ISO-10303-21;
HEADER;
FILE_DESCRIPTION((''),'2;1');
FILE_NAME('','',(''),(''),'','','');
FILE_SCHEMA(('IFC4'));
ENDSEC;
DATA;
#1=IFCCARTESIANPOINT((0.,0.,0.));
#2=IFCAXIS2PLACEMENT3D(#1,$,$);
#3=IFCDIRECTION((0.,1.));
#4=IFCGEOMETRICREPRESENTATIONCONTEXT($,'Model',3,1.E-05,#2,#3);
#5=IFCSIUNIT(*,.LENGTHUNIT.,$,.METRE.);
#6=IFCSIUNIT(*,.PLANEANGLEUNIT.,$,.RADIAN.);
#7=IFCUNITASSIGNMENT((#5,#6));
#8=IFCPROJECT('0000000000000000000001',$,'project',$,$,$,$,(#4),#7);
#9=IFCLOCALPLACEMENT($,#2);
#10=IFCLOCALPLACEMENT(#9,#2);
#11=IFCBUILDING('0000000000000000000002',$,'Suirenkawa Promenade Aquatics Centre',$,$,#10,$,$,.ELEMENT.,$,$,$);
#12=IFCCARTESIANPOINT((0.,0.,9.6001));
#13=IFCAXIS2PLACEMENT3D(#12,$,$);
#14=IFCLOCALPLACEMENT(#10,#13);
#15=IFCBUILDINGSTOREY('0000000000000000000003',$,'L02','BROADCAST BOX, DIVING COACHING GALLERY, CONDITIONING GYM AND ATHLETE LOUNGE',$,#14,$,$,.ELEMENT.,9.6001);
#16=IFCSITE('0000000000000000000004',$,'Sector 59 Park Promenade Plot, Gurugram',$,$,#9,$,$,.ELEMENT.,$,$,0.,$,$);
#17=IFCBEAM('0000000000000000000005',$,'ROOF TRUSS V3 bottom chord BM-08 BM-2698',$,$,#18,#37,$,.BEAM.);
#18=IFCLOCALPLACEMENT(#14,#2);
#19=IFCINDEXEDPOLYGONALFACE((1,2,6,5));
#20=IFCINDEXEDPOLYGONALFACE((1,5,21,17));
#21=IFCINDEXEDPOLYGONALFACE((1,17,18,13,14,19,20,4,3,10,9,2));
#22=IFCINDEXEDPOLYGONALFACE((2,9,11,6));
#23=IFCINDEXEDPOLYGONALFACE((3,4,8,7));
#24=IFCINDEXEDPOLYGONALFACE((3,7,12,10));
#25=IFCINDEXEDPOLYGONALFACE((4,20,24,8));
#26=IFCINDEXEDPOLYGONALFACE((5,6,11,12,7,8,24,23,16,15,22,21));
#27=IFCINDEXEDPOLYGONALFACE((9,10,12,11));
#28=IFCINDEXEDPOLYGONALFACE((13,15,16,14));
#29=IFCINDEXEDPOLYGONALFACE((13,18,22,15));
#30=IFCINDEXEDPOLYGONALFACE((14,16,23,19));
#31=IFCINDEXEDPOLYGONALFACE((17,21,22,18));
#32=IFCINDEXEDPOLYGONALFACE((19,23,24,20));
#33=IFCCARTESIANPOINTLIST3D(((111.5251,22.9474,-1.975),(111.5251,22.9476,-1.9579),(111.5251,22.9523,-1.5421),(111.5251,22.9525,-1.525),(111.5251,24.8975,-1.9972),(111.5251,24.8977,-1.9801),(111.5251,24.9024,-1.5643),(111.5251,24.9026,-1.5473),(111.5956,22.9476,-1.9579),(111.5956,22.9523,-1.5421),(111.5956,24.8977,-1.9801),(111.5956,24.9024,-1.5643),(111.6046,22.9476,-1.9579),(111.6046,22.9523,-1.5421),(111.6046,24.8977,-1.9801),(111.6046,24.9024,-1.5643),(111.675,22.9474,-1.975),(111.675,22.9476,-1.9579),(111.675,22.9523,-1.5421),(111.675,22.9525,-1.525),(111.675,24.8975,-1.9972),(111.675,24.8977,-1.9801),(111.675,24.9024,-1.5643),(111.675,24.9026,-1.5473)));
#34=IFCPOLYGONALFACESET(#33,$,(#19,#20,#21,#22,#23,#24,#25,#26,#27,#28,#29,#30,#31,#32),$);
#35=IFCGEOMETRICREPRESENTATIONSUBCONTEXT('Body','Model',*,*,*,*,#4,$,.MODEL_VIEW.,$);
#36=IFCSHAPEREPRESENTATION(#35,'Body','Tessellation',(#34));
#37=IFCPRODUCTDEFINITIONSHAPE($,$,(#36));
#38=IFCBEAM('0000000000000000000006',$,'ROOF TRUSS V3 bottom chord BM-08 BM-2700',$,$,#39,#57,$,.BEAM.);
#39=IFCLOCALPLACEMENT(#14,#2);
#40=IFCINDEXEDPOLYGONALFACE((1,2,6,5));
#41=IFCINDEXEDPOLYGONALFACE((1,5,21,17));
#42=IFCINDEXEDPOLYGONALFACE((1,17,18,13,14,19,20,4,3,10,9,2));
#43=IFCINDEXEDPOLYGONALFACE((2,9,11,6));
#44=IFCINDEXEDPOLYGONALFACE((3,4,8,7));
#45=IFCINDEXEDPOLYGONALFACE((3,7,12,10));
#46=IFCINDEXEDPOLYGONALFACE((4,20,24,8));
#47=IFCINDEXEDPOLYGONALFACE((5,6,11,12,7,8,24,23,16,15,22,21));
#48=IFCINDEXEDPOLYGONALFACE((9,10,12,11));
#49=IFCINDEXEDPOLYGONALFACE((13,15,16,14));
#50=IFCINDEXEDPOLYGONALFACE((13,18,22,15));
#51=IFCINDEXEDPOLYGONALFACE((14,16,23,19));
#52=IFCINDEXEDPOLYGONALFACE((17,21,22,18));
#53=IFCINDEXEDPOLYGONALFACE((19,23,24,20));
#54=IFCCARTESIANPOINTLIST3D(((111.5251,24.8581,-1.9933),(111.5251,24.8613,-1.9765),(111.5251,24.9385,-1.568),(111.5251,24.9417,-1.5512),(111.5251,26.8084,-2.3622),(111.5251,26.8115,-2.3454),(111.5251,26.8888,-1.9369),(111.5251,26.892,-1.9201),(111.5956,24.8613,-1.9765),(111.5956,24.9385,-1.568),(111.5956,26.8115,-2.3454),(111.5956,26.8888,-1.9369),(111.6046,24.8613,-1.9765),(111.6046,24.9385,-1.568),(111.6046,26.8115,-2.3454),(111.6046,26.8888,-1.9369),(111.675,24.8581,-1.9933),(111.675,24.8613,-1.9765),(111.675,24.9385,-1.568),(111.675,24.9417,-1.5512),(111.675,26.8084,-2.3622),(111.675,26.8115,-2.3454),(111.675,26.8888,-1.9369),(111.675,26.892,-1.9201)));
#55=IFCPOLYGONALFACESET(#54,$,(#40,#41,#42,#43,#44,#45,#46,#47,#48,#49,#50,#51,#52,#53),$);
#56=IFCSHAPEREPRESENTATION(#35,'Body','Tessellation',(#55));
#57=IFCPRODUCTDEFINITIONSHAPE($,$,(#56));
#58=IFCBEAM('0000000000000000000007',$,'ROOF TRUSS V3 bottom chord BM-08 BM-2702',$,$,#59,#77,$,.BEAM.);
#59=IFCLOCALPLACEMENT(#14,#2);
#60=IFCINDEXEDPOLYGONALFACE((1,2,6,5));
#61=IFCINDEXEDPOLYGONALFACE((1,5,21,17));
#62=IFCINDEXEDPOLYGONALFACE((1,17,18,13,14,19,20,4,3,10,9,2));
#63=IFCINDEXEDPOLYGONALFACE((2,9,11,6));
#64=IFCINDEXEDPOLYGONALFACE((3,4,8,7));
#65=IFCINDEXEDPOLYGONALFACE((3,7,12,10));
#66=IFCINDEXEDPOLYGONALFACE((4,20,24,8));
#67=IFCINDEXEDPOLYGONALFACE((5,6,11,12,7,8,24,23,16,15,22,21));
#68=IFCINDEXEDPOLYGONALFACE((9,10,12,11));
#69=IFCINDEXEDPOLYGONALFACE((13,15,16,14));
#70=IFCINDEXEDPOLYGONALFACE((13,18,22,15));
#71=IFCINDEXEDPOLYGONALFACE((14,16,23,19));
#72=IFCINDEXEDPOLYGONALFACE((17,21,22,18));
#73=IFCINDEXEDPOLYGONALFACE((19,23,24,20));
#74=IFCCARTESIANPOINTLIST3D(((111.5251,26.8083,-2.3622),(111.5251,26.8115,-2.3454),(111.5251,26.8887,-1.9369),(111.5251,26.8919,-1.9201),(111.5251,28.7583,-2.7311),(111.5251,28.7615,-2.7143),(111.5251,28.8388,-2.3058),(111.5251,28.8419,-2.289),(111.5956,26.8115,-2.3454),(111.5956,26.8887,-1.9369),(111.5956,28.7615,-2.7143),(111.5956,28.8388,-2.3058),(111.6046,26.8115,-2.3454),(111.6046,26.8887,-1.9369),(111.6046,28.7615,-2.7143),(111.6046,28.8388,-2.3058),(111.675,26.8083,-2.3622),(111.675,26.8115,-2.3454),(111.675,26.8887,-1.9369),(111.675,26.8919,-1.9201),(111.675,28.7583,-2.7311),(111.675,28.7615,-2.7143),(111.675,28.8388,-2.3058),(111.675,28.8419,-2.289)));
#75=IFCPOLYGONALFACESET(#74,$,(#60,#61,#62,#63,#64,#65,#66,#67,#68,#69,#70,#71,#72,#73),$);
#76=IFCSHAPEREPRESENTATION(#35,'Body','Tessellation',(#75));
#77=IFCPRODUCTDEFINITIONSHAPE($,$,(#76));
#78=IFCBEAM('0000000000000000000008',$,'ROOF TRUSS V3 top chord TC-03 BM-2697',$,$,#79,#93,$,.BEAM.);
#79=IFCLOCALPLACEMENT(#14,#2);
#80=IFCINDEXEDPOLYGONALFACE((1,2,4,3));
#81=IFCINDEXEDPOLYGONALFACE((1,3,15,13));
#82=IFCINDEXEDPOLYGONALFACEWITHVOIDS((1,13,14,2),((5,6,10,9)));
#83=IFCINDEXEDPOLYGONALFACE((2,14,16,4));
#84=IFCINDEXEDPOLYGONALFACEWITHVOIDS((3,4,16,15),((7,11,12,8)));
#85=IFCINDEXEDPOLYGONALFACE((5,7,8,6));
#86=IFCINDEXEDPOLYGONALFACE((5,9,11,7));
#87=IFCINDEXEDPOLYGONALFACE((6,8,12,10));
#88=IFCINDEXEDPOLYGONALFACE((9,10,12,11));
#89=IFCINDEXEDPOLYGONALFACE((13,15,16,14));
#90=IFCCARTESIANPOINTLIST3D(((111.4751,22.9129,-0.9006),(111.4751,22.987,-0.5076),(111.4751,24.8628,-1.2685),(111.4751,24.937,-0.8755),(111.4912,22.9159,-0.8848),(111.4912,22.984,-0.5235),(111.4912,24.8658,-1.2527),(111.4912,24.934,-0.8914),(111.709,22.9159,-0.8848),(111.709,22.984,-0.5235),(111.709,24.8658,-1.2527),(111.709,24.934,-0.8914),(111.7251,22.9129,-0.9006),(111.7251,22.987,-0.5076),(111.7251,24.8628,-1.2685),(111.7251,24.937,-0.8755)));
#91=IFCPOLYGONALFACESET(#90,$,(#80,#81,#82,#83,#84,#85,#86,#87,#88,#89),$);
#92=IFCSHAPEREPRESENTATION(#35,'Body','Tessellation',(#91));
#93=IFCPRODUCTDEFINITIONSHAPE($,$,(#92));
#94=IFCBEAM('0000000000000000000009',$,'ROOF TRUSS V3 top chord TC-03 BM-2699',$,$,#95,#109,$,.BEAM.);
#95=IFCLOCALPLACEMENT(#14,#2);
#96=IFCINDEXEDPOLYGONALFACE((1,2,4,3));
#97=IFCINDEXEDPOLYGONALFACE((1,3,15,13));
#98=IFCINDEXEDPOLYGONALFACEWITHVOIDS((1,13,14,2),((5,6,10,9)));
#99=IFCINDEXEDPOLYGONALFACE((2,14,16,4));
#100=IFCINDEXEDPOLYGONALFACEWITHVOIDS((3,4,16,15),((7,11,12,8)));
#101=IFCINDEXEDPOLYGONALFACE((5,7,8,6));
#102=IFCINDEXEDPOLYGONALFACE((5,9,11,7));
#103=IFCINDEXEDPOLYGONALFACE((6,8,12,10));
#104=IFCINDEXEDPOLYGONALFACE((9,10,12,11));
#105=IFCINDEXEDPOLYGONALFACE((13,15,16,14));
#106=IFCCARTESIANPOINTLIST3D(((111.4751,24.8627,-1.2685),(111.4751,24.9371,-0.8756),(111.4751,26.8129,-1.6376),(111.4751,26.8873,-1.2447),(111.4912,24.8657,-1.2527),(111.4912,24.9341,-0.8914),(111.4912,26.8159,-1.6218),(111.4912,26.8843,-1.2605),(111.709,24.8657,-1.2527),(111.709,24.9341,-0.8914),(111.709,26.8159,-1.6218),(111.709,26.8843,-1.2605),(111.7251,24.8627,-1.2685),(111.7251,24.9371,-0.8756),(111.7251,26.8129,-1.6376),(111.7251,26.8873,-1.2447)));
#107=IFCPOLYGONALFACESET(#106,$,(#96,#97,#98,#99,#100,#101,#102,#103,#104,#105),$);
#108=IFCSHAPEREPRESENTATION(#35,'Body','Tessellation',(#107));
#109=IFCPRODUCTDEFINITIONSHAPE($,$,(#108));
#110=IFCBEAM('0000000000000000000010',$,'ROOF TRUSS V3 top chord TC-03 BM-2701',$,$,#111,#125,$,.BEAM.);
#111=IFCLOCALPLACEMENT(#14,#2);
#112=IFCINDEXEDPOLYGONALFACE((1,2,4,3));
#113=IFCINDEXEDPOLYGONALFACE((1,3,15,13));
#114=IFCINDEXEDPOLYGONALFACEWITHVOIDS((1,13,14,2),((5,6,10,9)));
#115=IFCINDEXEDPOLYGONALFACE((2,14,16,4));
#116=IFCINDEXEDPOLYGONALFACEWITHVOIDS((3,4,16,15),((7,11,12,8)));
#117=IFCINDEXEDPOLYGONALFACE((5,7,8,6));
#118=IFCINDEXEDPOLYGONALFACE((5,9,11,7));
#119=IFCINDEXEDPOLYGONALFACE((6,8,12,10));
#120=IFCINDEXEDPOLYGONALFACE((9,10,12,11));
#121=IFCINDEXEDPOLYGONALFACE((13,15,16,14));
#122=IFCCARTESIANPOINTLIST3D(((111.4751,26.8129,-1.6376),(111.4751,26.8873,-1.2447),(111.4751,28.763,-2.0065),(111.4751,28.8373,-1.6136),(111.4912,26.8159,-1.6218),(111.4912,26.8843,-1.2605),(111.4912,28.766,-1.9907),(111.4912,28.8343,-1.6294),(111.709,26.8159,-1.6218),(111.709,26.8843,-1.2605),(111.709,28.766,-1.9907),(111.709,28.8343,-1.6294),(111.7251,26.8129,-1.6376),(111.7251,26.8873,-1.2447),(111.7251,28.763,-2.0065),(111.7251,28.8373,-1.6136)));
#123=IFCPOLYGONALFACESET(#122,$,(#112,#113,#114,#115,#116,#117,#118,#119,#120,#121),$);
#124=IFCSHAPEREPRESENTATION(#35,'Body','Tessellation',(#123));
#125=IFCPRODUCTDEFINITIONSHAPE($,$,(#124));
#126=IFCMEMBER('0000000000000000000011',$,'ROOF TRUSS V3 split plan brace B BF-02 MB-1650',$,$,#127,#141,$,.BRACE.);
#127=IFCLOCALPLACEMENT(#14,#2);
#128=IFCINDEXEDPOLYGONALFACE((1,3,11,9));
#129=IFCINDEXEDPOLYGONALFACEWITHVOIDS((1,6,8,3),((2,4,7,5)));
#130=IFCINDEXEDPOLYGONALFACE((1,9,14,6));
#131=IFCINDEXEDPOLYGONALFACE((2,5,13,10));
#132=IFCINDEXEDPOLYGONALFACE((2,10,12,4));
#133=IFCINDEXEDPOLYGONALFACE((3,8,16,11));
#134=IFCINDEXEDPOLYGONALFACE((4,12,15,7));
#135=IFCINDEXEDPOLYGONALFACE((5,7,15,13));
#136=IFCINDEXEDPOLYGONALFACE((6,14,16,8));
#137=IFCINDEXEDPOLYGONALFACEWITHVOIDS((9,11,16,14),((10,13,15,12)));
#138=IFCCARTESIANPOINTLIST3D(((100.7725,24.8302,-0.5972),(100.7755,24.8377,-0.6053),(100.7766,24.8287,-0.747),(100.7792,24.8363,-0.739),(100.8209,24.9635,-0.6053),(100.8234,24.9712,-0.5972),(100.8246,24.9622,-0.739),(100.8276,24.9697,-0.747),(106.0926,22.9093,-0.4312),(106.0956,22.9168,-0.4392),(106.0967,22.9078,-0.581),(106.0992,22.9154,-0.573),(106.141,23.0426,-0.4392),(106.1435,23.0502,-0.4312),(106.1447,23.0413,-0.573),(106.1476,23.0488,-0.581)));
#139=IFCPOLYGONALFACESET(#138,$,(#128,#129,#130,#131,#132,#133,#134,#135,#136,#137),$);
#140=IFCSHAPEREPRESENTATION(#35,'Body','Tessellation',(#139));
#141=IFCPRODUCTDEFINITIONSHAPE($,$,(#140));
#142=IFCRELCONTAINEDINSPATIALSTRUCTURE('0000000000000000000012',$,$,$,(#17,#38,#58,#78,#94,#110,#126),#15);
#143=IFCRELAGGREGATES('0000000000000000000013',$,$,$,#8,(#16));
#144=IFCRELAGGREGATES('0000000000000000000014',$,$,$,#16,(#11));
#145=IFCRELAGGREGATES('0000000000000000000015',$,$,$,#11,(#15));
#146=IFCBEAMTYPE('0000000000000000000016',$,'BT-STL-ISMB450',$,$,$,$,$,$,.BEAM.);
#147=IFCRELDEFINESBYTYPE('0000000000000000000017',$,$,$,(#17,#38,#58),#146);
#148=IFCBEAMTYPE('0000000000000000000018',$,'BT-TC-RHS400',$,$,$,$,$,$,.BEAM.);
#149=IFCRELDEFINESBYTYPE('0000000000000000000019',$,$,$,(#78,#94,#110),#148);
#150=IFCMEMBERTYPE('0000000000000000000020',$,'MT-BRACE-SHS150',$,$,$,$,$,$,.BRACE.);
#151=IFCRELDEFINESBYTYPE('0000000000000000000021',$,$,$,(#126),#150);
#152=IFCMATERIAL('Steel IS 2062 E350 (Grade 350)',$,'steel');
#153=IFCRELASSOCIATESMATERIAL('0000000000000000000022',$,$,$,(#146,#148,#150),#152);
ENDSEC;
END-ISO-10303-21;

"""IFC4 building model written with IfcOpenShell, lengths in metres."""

from ifc_helpers import new_model, si_unit, direction, frame, origin, origin_2d, place, context, subcontext, project, spatial, hollow_rectangle, i_section, extrude, material, material_profile, profile_set, type_object, element, save


model = new_model("IFC4")

# Units and contexts
model_context = context("Model", 3, precision=1e-05, world=origin(), true_north=direction((0.0, 1.0)))
body_context = subcontext(model_context, "Body", "Model", "MODEL_VIEW")
ifc_project = project(units=[si_unit("LENGTHUNIT", "METRE"), si_unit("PLANEANGLEUNIT", "RADIAN")], contexts=[model_context])

# Site, building, storey
site_placement = place(None, origin())
site = spatial("IfcSite", under=ifc_project, at=site_placement, Name="Sector 59 Park Promenade Plot, Gurugram", CompositionType="ELEMENT", RefElevation=0.0)
building_placement = place(site_placement, origin())
building = spatial("IfcBuilding", under=site, at=building_placement, Name="Suirenkawa Promenade Aquatics Centre", CompositionType="ELEMENT")
storey_placement = place(building_placement, frame((0.0, 0.0, 9.6001)))
storey = spatial("IfcBuildingStorey", under=building, at=storey_placement, Name="L02", Description="BROADCAST BOX, DIVING COACHING GALLERY, CONDITIONING GYM AND ATHLETE LOUNGE", CompositionType="ELEMENT", Elevation=9.6001)

# Beams
ifc_material = material(Name="Steel IS 2062 E350 (Grade 350)", Category="steel")
ifc_material_profile_1 = material_profile(ifc_material, i_section(OverallWidth=0.1499, OverallDepth=0.45, WebThickness=0.009, FlangeThickness=0.0171, at=origin_2d()), Name="ISMB 450", Category="steel")
ifc_profile_set_1 = profile_set([ifc_material_profile_1], Name="Steel IS 2062 E350 (Grade 350)")
beam_type_1 = type_object("IfcBeamType", Name="BT-STL-ISMB450", PredefinedType="BEAM", material=ifc_profile_set_1)
beam_1_placement = place(storey_placement, frame((111.6001, 22.95, -1.75), z_axis=(0.0, 0.999935, -0.011393), x_axis=(-1.0, 0.0, 0.0)))
element("IfcBeam", 1, at=beam_1_placement, inside=storey, type_object=beam_type_1, Name="ROOF TRUSS V3 bottom chord BM-08 BM-2698", PredefinedType="BEAM", context=body_context, shape_type="SweptSolid", body=[
    extrude(i_section(OverallWidth=0.1499, OverallDepth=0.45, WebThickness=0.009, FlangeThickness=0.0171, at=origin_2d()), origin(), (0.0, 0.0, 1.0), 1.9502),
])
beam_2_placement = place(storey_placement, frame((111.6001, 24.8999, -1.7722), z_axis=(0.0, 0.982576, -0.185863), x_axis=(-1.0, 0.0, 0.0)))
element("IfcBeam", 2, at=beam_2_placement, inside=storey, type_object=beam_type_1, Name="ROOF TRUSS V3 bottom chord BM-08 BM-2700", PredefinedType="BEAM", context=body_context, shape_type="SweptSolid", body=[
    extrude(i_section(OverallWidth=0.1499, OverallDepth=0.45, WebThickness=0.009, FlangeThickness=0.0171, at=origin_2d()), origin(), (0.0, 0.0, 1.0), 1.9849),
])
beam_3_placement = place(storey_placement, frame((111.6001, 26.8501, -2.1411), z_axis=(0.0, 0.982571, -0.185885), x_axis=(-1.0, 0.0, 0.0)))
element("IfcBeam", 3, at=beam_3_placement, inside=storey, type_object=beam_type_1, Name="ROOF TRUSS V3 bottom chord BM-08 BM-2702", PredefinedType="BEAM", context=body_context, shape_type="SweptSolid", body=[
    extrude(i_section(OverallWidth=0.1499, OverallDepth=0.45, WebThickness=0.009, FlangeThickness=0.0171, at=origin_2d()), origin(), (0.0, 0.0, 1.0), 1.9846),
])
ifc_material_profile_2 = material_profile(ifc_material, hollow_rectangle(XDim=0.25, YDim=0.3999, WallThickness=0.0161, at=origin_2d()), Name="RHS 400x250x16", Category="steel")
ifc_profile_set_2 = profile_set([ifc_material_profile_2], Name="Steel IS 2062 E350 (Grade 350)")
beam_type_2 = type_object("IfcBeamType", Name="BT-TC-RHS400", PredefinedType="BEAM", material=ifc_profile_set_2)
beam_4_placement = place(storey_placement, frame((111.6001, 22.95, -0.7041), z_axis=(0.0, 0.982661, -0.18541), x_axis=(-1.0, 0.0, 0.0)))
element("IfcBeam", 4, at=beam_4_placement, inside=storey, type_object=beam_type_2, Name="ROOF TRUSS V3 top chord TC-03 BM-2697", PredefinedType="BEAM", context=body_context, shape_type="SweptSolid", body=[
    extrude(hollow_rectangle(XDim=0.25, YDim=0.3999, WallThickness=0.0161, at=origin_2d()), origin(), (0.0, 0.0, 1.0), 1.9844),
])
beam_5_placement = place(storey_placement, frame((111.6001, 24.8999, -1.072), z_axis=(0.0, 0.982553, -0.185982), x_axis=(-1.0, 0.0, 0.0)))
element("IfcBeam", 5, at=beam_5_placement, inside=storey, type_object=beam_type_2, Name="ROOF TRUSS V3 top chord TC-03 BM-2699", PredefinedType="BEAM", context=body_context, shape_type="SweptSolid", body=[
    extrude(hollow_rectangle(XDim=0.25, YDim=0.3999, WallThickness=0.0161, at=origin_2d()), origin(), (0.0, 0.0, 1.0), 1.9849),
])
beam_6_placement = place(storey_placement, frame((111.6001, 26.8501, -1.4412), z_axis=(0.0, 0.982571, -0.185885), x_axis=(-1.0, 0.0, 0.0)))
element("IfcBeam", 6, at=beam_6_placement, inside=storey, type_object=beam_type_2, Name="ROOF TRUSS V3 top chord TC-03 BM-2701", PredefinedType="BEAM", context=body_context, shape_type="SweptSolid", body=[
    extrude(hollow_rectangle(XDim=0.25, YDim=0.3999, WallThickness=0.0161, at=origin_2d()), origin(), (0.0, 0.0, 1.0), 1.9846),
])

# Member
ifc_material_profile_3 = material_profile(ifc_material, hollow_rectangle(XDim=0.1499, YDim=0.1499, WallThickness=0.0081, at=origin_2d()), Name="SHS 150x150x8", Category="steel")
ifc_profile_set_3 = profile_set([ifc_material_profile_3], Name="Steel IS 2062 E350 (Grade 350)")
member_type_1 = type_object("IfcMemberType", Name="MT-BRACE-SHS150", PredefinedType="BRACE", material=ifc_profile_set_3)
member_1_placement = place(storey_placement, frame((106.1201, 22.979, -0.5061), z_axis=(-0.940162, 0.339461, -0.029338), x_axis=(-0.339607, -0.940567, 0.0)))
element("IfcMember", 7, at=member_1_placement, inside=storey, type_object=member_type_1, Name="ROOF TRUSS V3 split plan brace B BF-02 MB-1650", PredefinedType="BRACE", context=body_context, shape_type="SweptSolid", body=[
    extrude(hollow_rectangle(XDim=0.1499, YDim=0.1499, WallThickness=0.0081, at=origin_2d()), origin(), (0.0, 0.0, 1.0), 5.6587),
])

save(model, "model.ifc")
